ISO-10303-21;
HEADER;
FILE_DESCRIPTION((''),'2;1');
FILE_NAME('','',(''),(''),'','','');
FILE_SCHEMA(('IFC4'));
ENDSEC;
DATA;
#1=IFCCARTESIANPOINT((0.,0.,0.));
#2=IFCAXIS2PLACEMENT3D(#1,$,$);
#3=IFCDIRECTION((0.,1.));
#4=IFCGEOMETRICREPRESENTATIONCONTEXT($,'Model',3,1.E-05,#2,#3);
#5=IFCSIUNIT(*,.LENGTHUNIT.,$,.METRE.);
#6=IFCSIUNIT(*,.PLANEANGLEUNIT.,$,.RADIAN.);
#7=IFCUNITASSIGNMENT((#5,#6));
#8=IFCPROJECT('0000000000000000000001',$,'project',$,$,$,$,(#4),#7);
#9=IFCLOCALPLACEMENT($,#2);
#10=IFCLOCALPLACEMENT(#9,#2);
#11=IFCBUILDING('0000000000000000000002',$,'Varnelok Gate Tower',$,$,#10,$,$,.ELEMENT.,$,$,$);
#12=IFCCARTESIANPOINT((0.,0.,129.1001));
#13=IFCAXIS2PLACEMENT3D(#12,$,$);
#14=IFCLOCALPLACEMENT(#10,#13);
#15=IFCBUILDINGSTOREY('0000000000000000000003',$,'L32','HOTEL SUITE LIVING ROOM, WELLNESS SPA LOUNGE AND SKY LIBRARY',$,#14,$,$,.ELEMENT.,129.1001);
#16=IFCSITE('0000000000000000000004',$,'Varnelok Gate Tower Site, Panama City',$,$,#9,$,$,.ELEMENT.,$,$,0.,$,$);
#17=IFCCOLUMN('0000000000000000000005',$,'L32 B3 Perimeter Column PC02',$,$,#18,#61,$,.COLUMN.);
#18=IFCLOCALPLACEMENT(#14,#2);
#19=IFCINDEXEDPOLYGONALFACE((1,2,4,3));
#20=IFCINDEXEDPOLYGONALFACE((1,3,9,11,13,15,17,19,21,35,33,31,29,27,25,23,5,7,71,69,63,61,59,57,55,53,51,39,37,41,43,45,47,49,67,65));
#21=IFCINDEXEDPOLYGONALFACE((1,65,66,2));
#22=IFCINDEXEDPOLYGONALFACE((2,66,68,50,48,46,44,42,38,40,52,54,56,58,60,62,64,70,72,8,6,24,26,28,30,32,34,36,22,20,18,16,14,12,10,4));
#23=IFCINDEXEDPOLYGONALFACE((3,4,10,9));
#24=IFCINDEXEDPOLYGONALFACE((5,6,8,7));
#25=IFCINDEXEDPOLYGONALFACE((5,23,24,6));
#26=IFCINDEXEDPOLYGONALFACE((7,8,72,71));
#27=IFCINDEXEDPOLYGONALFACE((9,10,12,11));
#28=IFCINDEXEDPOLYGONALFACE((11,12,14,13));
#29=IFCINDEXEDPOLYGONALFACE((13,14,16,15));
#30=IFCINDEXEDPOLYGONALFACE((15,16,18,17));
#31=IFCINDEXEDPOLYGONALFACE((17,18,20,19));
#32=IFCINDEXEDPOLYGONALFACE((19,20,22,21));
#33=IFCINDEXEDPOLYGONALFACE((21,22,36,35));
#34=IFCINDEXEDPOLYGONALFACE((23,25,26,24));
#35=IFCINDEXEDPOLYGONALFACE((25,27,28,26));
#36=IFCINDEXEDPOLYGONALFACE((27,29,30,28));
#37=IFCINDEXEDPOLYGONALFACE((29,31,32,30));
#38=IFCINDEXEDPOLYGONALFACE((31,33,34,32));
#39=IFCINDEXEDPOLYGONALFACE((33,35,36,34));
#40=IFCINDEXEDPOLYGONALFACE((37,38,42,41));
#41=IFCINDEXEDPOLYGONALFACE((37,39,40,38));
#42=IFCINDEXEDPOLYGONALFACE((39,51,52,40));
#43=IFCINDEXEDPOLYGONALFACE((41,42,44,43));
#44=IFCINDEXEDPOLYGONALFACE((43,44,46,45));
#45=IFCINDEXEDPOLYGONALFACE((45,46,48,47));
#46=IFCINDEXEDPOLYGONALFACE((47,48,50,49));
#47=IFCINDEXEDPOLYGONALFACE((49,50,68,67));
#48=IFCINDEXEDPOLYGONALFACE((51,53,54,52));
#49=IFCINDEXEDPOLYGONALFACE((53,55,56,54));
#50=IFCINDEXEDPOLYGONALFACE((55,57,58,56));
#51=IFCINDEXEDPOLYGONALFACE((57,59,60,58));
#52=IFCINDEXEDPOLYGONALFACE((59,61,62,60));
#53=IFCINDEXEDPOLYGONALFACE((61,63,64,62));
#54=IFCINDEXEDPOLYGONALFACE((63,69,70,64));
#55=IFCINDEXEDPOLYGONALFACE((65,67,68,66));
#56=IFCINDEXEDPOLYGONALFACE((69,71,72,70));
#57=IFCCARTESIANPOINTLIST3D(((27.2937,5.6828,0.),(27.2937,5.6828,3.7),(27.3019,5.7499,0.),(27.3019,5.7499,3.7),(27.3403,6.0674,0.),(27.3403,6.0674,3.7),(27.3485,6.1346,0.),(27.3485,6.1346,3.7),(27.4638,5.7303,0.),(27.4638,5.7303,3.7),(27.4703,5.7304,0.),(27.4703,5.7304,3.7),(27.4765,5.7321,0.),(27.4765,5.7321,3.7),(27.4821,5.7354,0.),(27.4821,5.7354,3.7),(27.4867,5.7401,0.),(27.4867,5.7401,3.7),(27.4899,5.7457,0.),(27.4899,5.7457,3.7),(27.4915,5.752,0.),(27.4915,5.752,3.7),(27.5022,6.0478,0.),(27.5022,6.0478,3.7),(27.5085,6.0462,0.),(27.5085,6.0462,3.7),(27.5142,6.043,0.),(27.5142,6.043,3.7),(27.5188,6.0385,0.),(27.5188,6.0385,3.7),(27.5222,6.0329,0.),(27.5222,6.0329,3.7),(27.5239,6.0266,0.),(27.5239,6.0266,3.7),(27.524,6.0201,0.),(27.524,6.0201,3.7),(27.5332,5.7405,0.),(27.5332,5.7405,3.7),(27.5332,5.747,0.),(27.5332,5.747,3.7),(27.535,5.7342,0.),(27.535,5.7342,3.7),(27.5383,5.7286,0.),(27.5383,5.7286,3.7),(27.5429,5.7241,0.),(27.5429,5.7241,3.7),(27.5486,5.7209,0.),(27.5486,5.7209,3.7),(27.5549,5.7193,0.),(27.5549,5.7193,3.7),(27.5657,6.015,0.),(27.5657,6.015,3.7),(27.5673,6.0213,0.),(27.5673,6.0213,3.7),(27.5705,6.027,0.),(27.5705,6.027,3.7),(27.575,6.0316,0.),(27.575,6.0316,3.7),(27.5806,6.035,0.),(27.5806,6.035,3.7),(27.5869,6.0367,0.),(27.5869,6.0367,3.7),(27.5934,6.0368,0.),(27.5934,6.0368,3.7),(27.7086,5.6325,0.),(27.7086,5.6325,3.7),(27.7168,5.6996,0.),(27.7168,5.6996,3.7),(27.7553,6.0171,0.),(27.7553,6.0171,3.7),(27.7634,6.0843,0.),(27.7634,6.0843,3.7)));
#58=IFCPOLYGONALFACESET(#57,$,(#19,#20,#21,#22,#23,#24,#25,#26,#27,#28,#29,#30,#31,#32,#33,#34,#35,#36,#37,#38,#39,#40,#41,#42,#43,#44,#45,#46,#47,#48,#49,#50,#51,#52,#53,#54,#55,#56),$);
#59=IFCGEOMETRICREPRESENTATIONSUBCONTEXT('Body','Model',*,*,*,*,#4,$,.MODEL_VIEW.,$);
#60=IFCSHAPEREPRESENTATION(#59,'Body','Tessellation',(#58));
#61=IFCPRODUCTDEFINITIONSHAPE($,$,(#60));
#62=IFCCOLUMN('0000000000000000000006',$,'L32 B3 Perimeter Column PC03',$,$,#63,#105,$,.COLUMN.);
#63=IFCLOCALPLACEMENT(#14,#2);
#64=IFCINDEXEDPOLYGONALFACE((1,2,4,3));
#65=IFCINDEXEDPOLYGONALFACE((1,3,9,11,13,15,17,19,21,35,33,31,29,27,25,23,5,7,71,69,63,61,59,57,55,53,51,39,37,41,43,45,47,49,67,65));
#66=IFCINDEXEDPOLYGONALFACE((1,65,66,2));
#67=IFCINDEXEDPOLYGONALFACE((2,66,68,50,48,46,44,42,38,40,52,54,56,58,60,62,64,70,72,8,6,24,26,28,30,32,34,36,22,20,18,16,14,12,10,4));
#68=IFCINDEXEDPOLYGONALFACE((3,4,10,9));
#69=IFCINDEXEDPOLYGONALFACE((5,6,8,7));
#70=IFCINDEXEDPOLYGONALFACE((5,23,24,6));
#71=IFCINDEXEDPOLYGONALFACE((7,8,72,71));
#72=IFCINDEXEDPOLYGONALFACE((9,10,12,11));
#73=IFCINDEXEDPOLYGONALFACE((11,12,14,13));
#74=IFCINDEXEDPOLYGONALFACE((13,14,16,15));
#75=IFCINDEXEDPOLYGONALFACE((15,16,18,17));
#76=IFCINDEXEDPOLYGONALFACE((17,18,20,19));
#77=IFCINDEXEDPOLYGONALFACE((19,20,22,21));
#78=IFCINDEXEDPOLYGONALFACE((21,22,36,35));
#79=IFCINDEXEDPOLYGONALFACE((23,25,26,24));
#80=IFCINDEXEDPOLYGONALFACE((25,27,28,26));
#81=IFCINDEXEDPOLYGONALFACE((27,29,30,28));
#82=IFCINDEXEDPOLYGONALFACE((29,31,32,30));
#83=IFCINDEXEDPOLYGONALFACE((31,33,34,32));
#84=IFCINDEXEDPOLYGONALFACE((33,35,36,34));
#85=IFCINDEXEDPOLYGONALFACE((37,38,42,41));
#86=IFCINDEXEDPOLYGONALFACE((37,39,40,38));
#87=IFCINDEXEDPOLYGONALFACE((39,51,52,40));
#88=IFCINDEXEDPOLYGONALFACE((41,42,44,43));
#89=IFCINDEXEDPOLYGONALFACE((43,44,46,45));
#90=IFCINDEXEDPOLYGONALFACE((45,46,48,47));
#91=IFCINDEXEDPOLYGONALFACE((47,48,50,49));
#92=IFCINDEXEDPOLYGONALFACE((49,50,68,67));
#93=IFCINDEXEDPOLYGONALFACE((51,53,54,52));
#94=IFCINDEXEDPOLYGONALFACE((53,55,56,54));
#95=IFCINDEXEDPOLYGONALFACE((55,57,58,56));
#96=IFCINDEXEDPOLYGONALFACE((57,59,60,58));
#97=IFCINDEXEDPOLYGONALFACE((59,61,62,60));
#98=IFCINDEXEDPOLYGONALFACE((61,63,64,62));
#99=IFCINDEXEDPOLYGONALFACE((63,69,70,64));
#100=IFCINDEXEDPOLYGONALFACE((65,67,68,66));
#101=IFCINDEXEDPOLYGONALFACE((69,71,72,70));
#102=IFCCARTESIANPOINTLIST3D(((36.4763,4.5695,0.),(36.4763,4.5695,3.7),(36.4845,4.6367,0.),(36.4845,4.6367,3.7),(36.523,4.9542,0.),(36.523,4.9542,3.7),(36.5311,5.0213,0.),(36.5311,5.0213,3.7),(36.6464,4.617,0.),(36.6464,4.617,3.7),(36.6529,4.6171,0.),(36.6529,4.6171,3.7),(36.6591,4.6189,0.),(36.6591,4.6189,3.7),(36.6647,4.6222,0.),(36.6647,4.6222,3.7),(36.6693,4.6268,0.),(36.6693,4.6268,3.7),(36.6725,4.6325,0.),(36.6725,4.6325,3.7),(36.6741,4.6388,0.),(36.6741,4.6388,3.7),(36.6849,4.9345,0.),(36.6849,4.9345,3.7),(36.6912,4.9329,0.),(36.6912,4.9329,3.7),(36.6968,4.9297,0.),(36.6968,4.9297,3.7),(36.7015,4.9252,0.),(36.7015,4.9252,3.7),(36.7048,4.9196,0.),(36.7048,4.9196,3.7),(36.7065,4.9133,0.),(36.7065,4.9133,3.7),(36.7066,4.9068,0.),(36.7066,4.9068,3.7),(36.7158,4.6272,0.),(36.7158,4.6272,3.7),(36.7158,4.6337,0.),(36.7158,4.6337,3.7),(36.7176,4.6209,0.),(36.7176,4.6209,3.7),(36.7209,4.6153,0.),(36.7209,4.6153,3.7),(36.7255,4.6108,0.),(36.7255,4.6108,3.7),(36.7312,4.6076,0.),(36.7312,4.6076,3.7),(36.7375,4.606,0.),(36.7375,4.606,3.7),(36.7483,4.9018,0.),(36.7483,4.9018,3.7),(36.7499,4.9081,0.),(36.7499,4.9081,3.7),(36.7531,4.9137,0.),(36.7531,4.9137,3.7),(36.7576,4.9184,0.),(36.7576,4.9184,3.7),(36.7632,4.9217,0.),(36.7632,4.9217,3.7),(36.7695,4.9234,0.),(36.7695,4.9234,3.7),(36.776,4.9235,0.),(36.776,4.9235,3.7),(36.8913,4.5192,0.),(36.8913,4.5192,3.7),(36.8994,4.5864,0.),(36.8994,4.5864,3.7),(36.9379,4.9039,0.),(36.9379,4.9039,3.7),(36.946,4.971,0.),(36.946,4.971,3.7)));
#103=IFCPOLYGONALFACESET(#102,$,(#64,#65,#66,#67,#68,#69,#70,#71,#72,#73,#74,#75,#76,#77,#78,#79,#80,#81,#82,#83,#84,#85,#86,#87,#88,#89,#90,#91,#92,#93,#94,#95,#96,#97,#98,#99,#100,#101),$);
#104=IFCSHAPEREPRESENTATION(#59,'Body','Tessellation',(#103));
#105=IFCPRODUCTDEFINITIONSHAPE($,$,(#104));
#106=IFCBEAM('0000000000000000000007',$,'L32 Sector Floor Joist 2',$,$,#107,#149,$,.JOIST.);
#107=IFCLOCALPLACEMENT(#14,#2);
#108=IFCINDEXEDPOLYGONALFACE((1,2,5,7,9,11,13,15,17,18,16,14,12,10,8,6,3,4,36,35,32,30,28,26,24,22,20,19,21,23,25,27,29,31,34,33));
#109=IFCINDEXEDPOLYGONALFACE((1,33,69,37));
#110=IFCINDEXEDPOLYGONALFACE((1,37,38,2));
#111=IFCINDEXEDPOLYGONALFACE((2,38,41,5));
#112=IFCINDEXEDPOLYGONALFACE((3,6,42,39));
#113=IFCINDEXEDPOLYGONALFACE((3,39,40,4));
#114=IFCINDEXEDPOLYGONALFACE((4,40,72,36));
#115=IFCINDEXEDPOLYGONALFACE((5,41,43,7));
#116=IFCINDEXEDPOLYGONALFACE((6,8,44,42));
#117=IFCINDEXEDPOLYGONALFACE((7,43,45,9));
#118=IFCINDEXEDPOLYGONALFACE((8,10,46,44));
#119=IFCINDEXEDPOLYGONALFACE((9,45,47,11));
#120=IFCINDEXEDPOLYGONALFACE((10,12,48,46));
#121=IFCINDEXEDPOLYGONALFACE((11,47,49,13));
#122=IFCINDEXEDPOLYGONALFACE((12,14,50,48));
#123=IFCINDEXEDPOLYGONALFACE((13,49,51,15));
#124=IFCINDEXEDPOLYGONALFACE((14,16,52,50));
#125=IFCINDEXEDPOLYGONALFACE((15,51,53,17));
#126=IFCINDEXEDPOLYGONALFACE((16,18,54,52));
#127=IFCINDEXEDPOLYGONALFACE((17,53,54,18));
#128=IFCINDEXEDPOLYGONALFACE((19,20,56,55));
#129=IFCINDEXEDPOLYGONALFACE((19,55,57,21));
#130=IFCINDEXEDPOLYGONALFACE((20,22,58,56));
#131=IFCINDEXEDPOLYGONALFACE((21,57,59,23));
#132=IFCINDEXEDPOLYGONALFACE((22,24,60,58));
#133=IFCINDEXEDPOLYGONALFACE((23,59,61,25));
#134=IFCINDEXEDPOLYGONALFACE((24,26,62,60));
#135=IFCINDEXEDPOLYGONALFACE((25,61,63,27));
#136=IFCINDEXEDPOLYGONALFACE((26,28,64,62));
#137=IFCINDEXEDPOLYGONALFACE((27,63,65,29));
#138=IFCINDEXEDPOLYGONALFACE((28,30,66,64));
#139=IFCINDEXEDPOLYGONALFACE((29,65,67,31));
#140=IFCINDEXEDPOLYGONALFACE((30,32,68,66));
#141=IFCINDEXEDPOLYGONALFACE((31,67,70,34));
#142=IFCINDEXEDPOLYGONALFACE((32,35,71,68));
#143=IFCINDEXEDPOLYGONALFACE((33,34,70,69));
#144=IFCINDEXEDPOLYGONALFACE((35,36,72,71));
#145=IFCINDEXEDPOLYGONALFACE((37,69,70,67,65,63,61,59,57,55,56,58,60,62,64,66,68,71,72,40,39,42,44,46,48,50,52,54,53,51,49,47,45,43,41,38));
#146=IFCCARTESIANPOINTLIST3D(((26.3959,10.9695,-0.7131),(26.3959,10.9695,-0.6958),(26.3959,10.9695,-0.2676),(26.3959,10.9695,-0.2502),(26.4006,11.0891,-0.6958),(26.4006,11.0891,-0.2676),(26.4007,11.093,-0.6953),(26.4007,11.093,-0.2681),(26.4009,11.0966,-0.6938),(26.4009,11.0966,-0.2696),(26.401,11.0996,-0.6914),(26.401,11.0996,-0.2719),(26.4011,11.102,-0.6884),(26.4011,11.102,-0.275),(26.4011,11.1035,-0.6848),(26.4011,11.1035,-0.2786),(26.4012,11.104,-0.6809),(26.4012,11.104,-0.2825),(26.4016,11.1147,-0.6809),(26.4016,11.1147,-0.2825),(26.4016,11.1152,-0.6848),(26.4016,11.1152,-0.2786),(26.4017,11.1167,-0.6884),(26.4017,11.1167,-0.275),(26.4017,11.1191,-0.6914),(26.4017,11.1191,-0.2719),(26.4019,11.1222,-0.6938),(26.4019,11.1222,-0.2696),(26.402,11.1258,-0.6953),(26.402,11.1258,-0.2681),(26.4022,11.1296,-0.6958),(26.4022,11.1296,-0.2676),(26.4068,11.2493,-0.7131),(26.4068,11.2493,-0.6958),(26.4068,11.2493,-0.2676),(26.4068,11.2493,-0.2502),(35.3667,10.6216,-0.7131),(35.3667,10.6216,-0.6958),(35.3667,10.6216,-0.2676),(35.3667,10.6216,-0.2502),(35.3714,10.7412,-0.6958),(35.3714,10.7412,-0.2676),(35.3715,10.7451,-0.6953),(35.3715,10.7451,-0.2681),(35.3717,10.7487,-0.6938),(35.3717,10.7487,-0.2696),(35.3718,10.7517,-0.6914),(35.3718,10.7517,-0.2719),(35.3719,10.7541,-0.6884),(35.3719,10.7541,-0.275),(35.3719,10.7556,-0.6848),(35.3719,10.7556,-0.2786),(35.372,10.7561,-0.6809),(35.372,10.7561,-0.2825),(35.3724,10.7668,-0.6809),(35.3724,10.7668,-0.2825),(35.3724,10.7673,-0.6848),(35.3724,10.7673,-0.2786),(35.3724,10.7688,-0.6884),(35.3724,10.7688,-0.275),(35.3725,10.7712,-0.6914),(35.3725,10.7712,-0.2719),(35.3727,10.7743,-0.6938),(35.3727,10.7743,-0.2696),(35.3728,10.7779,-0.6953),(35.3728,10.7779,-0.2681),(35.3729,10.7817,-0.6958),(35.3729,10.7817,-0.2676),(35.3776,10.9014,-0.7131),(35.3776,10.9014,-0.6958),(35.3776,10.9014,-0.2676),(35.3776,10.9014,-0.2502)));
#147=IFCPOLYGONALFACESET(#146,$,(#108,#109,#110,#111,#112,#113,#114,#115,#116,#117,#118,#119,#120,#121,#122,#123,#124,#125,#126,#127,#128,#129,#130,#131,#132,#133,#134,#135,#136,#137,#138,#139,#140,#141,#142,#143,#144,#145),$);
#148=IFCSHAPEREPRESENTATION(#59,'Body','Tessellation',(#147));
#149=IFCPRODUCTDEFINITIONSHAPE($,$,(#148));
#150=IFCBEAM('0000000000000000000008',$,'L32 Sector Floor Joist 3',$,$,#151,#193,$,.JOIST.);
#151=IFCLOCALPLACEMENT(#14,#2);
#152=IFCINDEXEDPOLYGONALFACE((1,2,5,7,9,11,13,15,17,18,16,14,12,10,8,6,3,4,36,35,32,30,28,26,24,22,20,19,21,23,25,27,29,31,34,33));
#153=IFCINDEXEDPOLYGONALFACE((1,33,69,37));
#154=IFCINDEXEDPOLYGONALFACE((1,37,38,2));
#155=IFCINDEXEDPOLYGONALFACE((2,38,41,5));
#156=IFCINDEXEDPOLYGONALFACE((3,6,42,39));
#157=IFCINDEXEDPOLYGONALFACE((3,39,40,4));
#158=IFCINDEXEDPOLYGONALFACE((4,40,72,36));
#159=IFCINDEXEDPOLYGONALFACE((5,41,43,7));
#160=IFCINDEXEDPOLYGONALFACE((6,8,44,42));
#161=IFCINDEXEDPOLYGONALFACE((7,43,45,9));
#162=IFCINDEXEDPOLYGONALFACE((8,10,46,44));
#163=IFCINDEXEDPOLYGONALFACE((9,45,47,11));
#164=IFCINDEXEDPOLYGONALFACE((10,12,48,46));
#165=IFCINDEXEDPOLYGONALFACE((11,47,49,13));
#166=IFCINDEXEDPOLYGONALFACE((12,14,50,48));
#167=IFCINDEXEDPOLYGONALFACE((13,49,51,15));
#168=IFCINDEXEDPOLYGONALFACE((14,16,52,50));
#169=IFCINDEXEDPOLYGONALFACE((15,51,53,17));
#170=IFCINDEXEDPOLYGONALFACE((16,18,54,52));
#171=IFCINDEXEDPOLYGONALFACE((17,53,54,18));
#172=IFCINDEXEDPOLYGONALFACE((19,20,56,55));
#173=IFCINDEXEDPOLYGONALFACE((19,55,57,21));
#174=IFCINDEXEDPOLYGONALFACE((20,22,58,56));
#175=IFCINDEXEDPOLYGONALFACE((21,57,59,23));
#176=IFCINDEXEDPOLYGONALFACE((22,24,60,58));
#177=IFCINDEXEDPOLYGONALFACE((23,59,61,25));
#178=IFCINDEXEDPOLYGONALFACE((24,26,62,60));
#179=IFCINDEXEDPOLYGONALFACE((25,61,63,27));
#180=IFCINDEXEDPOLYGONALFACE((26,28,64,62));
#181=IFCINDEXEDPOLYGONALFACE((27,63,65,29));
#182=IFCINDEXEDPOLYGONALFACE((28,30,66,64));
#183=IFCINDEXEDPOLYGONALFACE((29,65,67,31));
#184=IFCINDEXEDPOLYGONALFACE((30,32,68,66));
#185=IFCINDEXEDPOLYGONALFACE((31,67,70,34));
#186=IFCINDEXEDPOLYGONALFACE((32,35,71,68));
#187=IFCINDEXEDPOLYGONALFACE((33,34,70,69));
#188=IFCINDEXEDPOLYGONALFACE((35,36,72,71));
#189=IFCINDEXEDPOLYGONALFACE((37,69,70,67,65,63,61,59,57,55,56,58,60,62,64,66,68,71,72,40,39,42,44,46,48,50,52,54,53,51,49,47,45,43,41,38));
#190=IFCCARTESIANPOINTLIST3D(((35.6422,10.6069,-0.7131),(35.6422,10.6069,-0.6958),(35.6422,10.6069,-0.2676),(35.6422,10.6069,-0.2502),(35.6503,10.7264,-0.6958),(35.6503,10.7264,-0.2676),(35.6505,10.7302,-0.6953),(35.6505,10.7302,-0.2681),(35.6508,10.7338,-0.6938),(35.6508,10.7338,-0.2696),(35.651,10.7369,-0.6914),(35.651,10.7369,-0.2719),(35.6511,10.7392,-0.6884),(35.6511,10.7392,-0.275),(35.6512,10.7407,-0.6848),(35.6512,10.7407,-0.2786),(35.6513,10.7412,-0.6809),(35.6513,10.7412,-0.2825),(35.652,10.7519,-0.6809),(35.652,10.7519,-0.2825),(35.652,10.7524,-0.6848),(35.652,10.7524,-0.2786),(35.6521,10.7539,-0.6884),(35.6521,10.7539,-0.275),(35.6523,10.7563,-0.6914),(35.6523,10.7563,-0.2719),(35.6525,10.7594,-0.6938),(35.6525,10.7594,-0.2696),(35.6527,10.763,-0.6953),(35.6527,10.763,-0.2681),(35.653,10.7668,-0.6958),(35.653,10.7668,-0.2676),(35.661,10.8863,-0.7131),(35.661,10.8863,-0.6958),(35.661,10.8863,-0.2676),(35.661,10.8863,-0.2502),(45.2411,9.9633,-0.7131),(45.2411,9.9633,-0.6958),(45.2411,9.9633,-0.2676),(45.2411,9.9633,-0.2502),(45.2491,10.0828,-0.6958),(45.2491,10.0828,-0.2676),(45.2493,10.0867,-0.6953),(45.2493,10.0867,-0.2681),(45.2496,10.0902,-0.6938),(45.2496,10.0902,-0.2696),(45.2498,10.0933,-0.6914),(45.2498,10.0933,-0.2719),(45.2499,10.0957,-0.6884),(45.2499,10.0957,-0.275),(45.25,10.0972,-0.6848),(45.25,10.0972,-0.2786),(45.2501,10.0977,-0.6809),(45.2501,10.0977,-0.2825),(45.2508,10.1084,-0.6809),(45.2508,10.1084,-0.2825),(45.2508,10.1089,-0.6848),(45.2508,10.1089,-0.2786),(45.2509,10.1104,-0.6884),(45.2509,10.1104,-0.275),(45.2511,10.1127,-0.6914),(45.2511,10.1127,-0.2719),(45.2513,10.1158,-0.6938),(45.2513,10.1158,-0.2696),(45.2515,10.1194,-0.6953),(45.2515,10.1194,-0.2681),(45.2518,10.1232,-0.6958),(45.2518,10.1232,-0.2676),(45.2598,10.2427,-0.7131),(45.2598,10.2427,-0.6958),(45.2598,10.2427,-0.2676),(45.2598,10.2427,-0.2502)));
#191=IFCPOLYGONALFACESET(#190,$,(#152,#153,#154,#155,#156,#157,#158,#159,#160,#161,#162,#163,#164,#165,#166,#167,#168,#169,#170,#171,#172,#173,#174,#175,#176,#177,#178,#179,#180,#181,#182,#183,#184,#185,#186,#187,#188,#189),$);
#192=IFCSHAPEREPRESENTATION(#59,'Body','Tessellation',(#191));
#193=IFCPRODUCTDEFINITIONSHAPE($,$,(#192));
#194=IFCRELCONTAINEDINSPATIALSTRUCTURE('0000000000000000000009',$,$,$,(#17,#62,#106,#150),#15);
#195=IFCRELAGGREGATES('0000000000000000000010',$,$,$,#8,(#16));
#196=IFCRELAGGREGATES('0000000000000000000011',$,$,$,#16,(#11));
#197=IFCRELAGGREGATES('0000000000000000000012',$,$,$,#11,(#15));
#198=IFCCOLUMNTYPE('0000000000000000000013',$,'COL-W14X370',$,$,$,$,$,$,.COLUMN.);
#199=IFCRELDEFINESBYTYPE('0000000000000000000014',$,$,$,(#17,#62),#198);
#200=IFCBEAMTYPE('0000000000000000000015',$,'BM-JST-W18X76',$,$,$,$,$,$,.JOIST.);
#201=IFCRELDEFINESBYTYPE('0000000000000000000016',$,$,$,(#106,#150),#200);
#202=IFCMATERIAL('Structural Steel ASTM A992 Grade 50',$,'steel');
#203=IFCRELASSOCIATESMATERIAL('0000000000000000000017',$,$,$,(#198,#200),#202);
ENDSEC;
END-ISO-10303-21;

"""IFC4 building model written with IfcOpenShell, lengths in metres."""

from ifc_helpers import new_model, si_unit, direction, frame, origin, origin_2d, place, context, subcontext, project, spatial, i_section, extrude, material, material_profile, profile_set, type_object, element, save


model = new_model("IFC4")

# Units and contexts
model_context = context("Model", 3, precision=1e-05, world=origin(), true_north=direction((0.0, 1.0)))
body_context = subcontext(model_context, "Body", "Model", "MODEL_VIEW")
ifc_project = project(units=[si_unit("LENGTHUNIT", "METRE"), si_unit("PLANEANGLEUNIT", "RADIAN")], contexts=[model_context])

# Site, building, storey
site_placement = place(None, origin())
site = spatial("IfcSite", under=ifc_project, at=site_placement, Name="Varnelok Gate Tower Site, Panama City", CompositionType="ELEMENT", RefElevation=0.0)
building_placement = place(site_placement, origin())
building = spatial("IfcBuilding", under=site, at=building_placement, Name="Varnelok Gate Tower", CompositionType="ELEMENT")
storey_placement = place(building_placement, frame((0.0, 0.0, 129.1001)))
storey = spatial("IfcBuildingStorey", under=building, at=storey_placement, Name="L32", Description="HOTEL SUITE LIVING ROOM, WELLNESS SPA LOUNGE AND SKY LIBRARY", CompositionType="ELEMENT", Elevation=129.1001)

# Columns
ifc_material_1 = material(Name="Structural Steel ASTM A992 Grade 50", Category="steel")
ifc_material_profile_1 = material_profile(ifc_material_1, i_section(OverallWidth=0.418, OverallDepth=0.4551, WebThickness=0.042, FlangeThickness=0.0676, FilletRadius=0.0249, at=origin_2d()), Name="W14X370")
ifc_profile_set_1 = profile_set([ifc_material_profile_1], Name="Structural Steel ASTM A992 Grade 50")
column_type = type_object("IfcColumnType", Name="COL-W14X370", PredefinedType="COLUMN", material=ifc_profile_set_1)
for number, where, z_axis, x_axis, name in (
    (1, (27.5286, 5.8835, 0.0), (0.0, 0.0, 1.0), (0.992732, -0.120345, 0.0), "L32 B3 Perimeter Column PC02"),
    (2, (36.7112, 4.7703, 0.0), (0.0, 0.0, 1.0), (0.992732, -0.120345, 0.0), "L32 B3 Perimeter Column PC03"),
):
    element("IfcColumn", number, at=place(storey_placement, frame(where, z_axis=z_axis, x_axis=x_axis)), inside=storey, type_object=column_type, Name=name, PredefinedType="COLUMN", context=body_context, shape_type="SweptSolid", body=[
        extrude(i_section(OverallWidth=0.418, OverallDepth=0.4551, WebThickness=0.042, FlangeThickness=0.0676, FilletRadius=0.0249, at=origin_2d()), origin(), (0.0, 0.0, 1.0), 3.7),
    ])

# Beams
ifc_material_profile_2 = material_profile(ifc_material_1, i_section(OverallWidth=0.28, OverallDepth=0.4629, WebThickness=0.0107, FlangeThickness=0.0173, FilletRadius=0.0149, at=origin_2d()), Name="W18X76")
ifc_profile_set_2 = profile_set([ifc_material_profile_2], Name="Structural Steel ASTM A992 Grade 50")
beam_type_1 = type_object("IfcBeamType", Name="BM-JST-W18X76", PredefinedType="JOIST", material=ifc_profile_set_2)
beam_1_placement = place(storey_placement, frame((26.4014, 11.1094, -0.4817), z_axis=(0.999249, -0.038753, 0.0), x_axis=(0.038753, 0.999249, 0.0)))
element("IfcBeam", 3, at=beam_1_placement, inside=storey, type_object=beam_type_1, Name="L32 Sector Floor Joist 2", PredefinedType="JOIST", context=body_context, shape_type="SweptSolid", body=[
    extrude(i_section(OverallWidth=0.28, OverallDepth=0.4629, WebThickness=0.0107, FlangeThickness=0.0173, FilletRadius=0.0149, at=origin_2d()), origin(), (0.0, 0.0, 1.0), 8.9775),
])
beam_2_placement = place(storey_placement, frame((35.6516, 10.7466, -0.4817), z_axis=(0.99776, -0.066895, 0.0), x_axis=(0.066895, 0.99776, 0.0)))
element("IfcBeam", 4, at=beam_2_placement, inside=storey, type_object=beam_type_1, Name="L32 Sector Floor Joist 3", PredefinedType="JOIST", context=body_context, shape_type="SweptSolid", body=[
    extrude(i_section(OverallWidth=0.28, OverallDepth=0.4629, WebThickness=0.0107, FlangeThickness=0.0173, FilletRadius=0.0149, at=origin_2d()), origin(), (0.0, 0.0, 1.0), 9.6204),
])

save(model, "model.ifc")
